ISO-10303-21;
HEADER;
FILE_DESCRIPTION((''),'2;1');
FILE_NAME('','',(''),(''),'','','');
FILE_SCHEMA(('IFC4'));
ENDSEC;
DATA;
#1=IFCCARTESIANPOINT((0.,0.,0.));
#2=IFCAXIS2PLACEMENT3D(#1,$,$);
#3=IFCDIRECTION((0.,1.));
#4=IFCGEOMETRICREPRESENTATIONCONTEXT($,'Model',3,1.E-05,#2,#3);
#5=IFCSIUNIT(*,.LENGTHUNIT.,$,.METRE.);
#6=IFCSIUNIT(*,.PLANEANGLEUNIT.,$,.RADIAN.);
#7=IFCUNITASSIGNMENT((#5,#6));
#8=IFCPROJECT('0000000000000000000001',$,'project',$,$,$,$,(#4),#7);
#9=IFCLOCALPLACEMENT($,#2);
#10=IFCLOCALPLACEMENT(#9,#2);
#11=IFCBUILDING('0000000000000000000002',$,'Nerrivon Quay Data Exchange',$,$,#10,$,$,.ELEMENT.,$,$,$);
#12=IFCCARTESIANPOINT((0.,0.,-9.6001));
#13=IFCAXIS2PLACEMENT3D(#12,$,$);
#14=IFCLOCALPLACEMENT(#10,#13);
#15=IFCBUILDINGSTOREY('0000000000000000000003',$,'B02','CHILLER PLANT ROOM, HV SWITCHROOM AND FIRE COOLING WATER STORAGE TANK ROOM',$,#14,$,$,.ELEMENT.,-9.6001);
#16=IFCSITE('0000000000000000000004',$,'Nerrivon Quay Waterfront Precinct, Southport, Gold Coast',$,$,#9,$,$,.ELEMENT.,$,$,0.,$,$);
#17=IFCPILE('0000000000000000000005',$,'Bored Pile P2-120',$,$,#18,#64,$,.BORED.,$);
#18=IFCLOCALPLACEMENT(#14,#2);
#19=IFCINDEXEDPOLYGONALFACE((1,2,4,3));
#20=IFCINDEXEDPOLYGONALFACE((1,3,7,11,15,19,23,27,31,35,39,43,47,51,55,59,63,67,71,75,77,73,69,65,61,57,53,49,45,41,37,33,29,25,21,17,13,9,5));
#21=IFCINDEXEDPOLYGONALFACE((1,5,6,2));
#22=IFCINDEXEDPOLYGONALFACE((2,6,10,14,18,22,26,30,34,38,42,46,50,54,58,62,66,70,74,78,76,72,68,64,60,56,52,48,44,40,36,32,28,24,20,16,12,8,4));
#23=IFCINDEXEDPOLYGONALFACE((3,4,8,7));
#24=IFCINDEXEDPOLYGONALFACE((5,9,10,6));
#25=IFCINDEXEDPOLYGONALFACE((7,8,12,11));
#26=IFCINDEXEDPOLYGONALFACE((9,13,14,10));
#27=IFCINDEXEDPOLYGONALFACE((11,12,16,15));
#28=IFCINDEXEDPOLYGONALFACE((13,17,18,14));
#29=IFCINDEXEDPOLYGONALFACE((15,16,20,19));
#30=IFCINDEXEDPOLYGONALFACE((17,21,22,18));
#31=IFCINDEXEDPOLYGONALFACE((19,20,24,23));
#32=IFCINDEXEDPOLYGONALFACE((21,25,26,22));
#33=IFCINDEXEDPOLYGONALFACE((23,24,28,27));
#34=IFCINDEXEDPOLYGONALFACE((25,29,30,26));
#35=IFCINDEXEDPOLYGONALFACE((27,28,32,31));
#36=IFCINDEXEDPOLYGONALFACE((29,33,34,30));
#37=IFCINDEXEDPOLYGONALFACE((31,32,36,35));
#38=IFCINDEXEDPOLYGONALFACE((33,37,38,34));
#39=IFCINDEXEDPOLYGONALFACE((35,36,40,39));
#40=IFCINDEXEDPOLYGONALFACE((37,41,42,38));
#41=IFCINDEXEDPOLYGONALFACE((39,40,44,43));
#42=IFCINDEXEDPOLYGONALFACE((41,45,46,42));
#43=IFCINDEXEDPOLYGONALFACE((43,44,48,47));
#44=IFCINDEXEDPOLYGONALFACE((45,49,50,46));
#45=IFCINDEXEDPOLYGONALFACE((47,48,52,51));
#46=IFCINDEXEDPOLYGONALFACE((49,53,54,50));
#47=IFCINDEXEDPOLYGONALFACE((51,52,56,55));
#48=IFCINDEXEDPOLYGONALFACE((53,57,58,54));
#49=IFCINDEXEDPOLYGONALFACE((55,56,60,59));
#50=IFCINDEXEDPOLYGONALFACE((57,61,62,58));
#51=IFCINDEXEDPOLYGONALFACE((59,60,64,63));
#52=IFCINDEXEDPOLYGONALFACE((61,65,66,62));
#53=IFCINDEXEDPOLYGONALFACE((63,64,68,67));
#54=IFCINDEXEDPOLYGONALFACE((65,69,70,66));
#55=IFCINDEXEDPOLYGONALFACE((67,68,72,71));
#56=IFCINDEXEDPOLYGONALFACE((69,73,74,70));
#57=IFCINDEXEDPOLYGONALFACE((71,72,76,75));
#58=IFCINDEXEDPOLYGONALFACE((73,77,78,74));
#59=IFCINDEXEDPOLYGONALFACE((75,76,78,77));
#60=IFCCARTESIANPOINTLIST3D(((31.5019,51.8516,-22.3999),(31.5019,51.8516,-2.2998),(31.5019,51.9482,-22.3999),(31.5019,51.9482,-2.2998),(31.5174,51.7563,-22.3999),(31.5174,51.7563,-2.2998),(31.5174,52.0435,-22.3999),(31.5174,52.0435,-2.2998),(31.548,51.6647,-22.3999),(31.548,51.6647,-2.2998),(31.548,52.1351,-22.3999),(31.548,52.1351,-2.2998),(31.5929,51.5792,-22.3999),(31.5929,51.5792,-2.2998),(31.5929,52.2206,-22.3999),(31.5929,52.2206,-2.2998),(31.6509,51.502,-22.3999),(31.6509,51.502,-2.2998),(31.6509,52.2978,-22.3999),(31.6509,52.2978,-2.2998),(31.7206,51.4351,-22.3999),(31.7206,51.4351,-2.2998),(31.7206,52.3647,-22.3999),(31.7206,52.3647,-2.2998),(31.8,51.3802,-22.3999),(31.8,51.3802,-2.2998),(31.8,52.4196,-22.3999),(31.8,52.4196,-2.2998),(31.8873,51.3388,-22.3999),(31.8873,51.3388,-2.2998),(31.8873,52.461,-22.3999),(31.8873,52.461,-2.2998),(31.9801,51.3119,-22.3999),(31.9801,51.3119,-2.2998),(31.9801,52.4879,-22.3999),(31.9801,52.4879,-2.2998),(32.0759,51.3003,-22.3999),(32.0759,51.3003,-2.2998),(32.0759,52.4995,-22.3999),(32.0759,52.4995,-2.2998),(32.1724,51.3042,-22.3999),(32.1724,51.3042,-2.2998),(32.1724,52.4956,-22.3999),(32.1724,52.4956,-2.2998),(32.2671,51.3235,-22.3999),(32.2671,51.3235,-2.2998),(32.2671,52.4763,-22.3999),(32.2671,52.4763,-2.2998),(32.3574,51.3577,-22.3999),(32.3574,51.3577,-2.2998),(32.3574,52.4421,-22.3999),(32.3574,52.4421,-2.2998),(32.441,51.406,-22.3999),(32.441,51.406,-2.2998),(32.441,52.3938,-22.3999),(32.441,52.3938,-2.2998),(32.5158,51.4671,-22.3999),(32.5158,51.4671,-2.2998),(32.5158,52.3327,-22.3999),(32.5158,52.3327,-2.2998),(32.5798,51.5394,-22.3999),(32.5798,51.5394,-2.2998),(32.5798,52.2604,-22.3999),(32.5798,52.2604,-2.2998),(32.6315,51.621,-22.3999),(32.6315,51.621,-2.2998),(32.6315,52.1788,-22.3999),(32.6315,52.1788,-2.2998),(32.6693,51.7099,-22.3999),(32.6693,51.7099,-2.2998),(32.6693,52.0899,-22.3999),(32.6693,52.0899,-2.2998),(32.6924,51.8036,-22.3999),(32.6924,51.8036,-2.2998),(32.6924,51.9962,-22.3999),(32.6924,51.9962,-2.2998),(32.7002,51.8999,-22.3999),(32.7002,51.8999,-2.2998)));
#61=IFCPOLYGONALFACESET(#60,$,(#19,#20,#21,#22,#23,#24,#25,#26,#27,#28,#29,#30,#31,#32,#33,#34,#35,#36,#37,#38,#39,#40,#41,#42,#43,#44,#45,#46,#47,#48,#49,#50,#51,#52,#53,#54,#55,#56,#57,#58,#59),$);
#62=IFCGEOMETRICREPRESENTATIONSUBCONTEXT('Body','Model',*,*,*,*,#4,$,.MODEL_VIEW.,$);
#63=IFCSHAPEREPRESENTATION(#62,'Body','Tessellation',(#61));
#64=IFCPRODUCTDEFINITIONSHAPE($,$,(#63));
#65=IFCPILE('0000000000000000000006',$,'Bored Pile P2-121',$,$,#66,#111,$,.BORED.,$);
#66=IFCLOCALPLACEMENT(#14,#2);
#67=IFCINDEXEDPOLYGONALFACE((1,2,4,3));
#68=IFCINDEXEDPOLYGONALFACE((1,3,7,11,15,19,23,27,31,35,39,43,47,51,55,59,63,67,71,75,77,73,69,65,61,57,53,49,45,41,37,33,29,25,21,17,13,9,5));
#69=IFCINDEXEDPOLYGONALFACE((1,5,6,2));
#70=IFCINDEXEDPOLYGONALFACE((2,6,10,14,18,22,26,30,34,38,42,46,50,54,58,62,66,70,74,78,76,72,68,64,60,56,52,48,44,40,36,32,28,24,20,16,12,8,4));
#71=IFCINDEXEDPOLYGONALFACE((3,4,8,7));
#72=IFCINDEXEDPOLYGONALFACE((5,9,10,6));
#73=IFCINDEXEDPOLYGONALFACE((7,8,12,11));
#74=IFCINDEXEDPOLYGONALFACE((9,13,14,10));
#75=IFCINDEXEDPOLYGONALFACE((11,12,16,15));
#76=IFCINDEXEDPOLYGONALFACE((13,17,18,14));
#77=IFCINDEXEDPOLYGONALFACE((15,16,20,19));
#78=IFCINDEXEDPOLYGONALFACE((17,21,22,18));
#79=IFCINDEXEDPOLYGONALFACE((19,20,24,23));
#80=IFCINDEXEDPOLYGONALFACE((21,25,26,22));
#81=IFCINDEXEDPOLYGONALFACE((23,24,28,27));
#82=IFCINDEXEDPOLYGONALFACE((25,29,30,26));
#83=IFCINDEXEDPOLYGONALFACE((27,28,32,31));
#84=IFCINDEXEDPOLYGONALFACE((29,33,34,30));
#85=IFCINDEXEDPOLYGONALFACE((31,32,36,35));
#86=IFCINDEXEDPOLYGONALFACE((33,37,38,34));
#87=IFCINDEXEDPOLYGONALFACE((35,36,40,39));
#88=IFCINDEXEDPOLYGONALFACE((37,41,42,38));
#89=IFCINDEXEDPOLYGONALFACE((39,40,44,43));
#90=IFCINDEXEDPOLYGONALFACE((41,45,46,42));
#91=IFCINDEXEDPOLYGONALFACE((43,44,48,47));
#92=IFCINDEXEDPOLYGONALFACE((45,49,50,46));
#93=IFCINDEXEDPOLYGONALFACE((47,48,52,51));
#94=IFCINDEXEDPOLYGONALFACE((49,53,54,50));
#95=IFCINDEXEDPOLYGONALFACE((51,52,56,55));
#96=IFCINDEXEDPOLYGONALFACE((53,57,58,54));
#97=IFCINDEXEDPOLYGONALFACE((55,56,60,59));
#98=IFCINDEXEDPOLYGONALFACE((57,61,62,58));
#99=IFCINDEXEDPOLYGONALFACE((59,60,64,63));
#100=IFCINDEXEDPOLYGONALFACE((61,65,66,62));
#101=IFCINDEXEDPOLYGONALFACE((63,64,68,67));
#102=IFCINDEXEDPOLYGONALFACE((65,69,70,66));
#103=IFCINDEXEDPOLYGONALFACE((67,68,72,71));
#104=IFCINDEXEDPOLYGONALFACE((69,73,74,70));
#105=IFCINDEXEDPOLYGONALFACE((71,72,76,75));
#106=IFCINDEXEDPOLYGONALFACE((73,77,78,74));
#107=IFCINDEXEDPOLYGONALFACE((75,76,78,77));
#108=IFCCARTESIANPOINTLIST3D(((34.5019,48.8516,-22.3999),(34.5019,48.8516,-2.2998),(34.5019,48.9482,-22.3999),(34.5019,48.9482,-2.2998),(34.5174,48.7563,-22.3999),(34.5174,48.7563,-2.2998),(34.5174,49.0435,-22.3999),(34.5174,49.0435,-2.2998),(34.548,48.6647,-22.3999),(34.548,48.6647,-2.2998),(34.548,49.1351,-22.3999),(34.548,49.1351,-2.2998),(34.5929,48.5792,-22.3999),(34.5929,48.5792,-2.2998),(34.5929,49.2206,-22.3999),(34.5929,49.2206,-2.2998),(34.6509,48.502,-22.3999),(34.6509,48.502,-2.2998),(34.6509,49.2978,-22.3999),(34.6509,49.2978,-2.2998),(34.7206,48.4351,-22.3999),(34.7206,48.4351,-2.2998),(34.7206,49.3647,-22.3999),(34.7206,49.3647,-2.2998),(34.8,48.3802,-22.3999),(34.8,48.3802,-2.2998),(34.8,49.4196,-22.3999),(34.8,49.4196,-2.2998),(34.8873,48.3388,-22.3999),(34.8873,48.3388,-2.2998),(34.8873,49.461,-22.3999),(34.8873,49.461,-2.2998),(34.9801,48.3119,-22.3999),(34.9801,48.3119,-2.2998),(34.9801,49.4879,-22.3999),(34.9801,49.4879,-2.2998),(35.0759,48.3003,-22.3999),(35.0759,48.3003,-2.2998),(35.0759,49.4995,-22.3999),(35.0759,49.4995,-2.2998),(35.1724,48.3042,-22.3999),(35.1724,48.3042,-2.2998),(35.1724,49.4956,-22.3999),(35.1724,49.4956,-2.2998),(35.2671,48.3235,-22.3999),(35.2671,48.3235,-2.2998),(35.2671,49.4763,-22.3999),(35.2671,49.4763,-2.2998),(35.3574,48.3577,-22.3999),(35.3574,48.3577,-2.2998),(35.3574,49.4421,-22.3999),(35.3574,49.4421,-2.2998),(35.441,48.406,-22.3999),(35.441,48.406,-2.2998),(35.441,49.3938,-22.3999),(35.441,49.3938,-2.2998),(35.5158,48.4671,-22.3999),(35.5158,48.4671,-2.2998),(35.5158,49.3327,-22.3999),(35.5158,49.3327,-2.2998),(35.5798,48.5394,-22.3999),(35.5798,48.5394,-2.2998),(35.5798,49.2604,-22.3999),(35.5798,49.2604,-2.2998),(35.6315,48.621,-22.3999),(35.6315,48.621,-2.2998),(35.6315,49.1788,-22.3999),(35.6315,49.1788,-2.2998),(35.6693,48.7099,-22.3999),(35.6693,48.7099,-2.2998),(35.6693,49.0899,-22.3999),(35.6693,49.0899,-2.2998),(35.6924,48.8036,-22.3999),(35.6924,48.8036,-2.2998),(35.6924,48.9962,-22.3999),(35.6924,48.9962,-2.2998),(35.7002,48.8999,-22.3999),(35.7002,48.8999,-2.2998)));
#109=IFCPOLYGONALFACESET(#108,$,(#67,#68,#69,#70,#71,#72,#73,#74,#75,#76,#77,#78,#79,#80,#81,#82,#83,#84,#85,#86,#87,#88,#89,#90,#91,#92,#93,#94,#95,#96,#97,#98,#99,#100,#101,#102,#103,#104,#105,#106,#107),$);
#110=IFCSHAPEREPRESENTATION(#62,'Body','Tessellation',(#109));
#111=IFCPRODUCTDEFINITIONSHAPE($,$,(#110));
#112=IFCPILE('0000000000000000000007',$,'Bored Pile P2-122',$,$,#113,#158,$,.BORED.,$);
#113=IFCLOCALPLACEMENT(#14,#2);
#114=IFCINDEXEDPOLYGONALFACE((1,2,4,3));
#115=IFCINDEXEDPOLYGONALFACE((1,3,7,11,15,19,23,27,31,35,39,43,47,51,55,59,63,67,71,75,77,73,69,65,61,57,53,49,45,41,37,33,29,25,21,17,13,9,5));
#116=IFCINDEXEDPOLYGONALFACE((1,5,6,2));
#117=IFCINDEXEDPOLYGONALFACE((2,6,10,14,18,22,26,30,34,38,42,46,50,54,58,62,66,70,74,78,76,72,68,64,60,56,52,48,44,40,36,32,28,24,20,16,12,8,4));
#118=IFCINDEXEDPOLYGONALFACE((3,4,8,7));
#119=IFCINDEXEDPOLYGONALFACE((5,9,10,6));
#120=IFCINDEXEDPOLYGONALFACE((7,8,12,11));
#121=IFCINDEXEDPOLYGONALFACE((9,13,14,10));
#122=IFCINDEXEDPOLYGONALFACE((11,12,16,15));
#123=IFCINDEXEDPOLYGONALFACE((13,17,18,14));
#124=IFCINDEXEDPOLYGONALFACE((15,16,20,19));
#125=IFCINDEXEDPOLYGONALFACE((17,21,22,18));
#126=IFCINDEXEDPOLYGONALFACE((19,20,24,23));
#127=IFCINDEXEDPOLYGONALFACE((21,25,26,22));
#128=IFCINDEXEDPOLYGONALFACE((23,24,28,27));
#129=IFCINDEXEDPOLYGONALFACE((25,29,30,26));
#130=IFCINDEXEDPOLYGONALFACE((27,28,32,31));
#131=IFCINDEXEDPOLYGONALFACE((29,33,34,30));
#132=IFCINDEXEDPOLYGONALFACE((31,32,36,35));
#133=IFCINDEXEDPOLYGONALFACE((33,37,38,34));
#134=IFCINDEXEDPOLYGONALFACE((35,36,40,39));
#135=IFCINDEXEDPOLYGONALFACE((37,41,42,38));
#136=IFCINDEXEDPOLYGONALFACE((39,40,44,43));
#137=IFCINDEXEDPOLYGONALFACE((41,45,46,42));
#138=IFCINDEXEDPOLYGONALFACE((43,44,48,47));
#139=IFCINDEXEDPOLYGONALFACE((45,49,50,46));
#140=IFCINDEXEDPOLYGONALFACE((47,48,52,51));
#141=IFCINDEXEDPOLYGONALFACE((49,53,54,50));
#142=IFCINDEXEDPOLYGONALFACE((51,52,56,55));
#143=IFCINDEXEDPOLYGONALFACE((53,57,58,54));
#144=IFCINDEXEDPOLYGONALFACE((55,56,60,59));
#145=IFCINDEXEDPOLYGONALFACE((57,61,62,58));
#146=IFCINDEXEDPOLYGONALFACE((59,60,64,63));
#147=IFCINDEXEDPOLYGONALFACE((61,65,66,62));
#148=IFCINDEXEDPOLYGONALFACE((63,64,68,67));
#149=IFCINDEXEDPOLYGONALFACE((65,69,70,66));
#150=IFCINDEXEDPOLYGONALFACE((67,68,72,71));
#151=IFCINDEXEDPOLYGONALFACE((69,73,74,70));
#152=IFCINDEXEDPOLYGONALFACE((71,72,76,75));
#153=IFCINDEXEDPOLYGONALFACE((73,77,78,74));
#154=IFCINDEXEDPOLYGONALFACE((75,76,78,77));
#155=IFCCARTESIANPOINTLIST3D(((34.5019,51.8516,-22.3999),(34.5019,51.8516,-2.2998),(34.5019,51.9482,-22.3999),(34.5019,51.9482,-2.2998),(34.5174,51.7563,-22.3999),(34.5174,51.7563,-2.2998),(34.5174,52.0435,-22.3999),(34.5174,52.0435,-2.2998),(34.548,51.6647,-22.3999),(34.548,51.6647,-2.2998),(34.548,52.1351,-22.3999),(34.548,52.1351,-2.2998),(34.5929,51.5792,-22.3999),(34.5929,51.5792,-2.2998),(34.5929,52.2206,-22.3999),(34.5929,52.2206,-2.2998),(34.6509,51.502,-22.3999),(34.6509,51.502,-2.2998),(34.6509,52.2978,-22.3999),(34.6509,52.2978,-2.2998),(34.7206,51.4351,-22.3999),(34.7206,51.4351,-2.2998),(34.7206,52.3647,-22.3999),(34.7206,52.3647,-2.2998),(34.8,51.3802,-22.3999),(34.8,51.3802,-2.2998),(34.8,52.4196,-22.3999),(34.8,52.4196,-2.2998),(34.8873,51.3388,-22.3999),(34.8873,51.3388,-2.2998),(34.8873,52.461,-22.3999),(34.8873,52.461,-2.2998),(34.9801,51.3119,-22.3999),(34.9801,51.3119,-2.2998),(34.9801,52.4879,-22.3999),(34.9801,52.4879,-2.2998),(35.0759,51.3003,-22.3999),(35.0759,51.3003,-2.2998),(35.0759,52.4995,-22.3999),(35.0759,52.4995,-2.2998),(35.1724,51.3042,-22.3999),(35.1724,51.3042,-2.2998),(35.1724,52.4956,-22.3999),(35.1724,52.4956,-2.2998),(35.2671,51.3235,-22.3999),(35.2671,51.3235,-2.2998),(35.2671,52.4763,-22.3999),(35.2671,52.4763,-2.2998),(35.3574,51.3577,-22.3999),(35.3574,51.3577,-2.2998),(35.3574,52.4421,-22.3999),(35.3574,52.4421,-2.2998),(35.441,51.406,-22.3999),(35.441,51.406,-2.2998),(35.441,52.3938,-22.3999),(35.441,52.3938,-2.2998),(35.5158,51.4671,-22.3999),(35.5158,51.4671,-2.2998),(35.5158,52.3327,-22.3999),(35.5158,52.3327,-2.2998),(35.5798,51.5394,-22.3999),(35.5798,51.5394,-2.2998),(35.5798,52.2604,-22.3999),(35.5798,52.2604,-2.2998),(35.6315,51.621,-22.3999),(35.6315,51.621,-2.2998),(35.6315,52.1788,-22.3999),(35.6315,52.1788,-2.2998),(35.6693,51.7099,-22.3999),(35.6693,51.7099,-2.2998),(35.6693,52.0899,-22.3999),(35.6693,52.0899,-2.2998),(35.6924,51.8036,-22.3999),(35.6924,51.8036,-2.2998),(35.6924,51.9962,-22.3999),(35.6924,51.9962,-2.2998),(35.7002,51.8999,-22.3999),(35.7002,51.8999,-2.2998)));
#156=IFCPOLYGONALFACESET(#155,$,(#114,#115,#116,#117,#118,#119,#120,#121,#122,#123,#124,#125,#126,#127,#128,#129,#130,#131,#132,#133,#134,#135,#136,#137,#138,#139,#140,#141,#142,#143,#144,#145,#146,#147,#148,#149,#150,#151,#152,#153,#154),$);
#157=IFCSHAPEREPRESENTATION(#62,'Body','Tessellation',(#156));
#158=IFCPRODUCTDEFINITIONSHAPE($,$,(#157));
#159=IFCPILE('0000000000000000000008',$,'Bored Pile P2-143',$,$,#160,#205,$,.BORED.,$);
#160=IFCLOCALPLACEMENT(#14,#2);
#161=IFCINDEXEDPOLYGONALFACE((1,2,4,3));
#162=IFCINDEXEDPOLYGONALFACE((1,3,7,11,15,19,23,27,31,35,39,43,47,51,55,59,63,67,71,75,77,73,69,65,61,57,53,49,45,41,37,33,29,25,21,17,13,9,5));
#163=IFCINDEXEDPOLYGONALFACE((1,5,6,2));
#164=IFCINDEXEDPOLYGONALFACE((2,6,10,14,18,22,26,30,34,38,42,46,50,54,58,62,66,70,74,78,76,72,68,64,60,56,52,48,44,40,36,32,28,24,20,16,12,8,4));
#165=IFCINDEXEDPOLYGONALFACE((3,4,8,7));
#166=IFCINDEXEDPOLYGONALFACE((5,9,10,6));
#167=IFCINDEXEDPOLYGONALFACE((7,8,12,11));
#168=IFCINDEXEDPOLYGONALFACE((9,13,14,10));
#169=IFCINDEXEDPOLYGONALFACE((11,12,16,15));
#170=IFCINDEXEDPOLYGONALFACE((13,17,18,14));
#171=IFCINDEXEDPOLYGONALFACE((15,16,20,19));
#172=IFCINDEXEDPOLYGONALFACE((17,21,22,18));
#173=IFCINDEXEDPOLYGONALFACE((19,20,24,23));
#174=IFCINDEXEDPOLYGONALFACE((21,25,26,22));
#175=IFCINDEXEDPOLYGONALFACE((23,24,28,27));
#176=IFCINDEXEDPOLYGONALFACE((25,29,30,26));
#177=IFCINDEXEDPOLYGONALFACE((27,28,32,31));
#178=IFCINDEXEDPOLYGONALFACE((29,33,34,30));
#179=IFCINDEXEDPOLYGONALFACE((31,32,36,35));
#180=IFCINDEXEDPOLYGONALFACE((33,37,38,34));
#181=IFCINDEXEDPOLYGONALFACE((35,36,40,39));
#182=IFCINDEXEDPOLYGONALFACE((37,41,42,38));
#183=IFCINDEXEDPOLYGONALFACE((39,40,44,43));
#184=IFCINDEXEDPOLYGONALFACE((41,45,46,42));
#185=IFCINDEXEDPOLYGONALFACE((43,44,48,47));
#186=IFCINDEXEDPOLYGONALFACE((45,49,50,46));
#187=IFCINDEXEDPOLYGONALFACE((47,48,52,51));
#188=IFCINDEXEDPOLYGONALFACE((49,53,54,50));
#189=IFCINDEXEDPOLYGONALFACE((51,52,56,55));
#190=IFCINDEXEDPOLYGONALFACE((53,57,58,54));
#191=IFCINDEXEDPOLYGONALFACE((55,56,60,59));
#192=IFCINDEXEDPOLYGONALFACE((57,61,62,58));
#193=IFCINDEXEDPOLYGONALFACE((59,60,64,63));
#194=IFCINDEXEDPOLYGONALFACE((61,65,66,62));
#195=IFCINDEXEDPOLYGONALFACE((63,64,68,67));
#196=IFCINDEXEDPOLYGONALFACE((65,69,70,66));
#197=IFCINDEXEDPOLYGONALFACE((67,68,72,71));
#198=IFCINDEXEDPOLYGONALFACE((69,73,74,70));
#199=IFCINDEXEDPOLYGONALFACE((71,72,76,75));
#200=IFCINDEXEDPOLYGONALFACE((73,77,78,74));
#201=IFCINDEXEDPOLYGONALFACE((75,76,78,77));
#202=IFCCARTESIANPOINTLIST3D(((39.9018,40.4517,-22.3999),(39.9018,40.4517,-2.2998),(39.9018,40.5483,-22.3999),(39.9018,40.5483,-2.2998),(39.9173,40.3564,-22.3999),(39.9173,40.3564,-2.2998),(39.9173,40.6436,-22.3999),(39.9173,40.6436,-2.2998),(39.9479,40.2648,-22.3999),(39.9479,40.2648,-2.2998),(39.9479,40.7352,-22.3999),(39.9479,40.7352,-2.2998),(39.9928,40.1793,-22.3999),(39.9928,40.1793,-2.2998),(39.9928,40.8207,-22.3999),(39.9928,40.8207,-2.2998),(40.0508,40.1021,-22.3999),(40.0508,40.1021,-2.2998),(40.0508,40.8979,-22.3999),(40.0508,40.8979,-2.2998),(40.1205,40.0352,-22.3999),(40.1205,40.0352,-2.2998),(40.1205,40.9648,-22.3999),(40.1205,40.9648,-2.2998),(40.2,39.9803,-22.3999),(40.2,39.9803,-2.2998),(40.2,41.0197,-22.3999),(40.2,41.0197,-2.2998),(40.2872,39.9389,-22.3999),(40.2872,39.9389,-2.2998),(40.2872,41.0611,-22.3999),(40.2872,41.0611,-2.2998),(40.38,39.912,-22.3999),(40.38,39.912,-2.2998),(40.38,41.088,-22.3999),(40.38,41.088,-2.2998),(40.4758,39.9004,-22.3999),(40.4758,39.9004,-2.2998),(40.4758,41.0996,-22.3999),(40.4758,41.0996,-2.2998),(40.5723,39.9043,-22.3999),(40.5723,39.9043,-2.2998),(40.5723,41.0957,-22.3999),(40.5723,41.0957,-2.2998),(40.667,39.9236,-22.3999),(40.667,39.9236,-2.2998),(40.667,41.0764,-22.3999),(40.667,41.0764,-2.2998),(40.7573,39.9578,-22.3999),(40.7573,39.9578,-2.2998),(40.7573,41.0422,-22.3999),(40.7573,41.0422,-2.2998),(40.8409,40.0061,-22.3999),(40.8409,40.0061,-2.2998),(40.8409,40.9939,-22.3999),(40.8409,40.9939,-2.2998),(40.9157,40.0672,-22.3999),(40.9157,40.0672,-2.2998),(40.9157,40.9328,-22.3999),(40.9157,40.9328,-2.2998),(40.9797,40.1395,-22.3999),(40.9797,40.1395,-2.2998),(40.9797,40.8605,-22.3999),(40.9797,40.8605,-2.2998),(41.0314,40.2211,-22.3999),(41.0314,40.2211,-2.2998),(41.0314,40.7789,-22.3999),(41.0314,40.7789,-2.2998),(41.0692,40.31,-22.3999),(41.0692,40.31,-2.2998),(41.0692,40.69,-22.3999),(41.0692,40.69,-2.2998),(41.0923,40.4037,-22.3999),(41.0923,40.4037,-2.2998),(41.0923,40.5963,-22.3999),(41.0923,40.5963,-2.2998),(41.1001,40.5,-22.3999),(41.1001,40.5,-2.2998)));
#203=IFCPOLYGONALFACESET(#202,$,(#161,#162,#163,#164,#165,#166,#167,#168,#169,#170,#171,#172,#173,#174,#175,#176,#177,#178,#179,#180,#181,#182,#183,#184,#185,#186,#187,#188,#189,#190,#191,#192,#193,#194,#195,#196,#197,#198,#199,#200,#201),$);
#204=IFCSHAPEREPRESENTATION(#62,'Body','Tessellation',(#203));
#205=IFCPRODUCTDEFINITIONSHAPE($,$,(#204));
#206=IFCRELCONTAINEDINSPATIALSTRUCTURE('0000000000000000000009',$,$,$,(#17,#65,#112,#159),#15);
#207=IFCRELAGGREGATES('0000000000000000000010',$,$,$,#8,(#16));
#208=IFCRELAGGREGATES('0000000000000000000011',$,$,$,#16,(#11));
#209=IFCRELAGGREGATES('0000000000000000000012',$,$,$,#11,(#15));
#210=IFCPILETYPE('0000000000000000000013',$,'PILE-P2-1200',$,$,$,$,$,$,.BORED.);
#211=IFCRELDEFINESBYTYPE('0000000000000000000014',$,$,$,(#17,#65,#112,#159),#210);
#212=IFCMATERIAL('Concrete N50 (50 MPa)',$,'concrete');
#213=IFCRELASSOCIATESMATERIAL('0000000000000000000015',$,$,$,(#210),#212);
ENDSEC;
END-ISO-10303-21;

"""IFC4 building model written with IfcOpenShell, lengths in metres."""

from ifc_helpers import new_model, si_unit, direction, frame, origin, origin_2d, place, context, subcontext, project, spatial, circle, extrude, material, material_profile, profile_set, type_object, element, save


model = new_model("IFC4")

# Units and contexts
model_context = context("Model", 3, precision=1e-05, world=origin(), true_north=direction((0.0, 1.0)))
body_context = subcontext(model_context, "Body", "Model", "MODEL_VIEW")
ifc_project = project(units=[si_unit("LENGTHUNIT", "METRE"), si_unit("PLANEANGLEUNIT", "RADIAN")], contexts=[model_context])

# Site, building, storey
site_placement = place(None, origin())
site = spatial("IfcSite", under=ifc_project, at=site_placement, Name="Nerrivon Quay Waterfront Precinct, Southport, Gold Coast", CompositionType="ELEMENT", RefElevation=0.0)
building_placement = place(site_placement, origin())
building = spatial("IfcBuilding", under=site, at=building_placement, Name="Nerrivon Quay Data Exchange", CompositionType="ELEMENT")
storey_placement = place(building_placement, frame((0.0, 0.0, -9.6001)))
storey = spatial("IfcBuildingStorey", under=building, at=storey_placement, Name="B02", Description="CHILLER PLANT ROOM, HV SWITCHROOM AND FIRE COOLING WATER STORAGE TANK ROOM", CompositionType="ELEMENT", Elevation=-9.6001)

# Piles
ifc_material_1 = material(Name="Concrete N50 (50 MPa)", Category="concrete")
ifc_material_profile_1 = material_profile(ifc_material_1, circle(Radius=0.6001, at=origin_2d()), Name="PILE-1200")
ifc_profile_set_1 = profile_set([ifc_material_profile_1], Name="Concrete N50 (50 MPa)")
pile_type = type_object("IfcPileType", Name="PILE-P2-1200", PredefinedType="BORED", material=ifc_profile_set_1)
for number, where, z_axis, x_axis, name in (
    (1, (32.1001, 51.8999, -2.2998), (0.0, 0.0, -1.0), (1.0, 0.0, 0.0), "Bored Pile P2-120"),
    (2, (35.1001, 48.8999, -2.2998), (0.0, 0.0, -1.0), (1.0, 0.0, 0.0), "Bored Pile P2-121"),
    (3, (35.1001, 51.8999, -2.2998), (0.0, 0.0, -1.0), (1.0, 0.0, 0.0), "Bored Pile P2-122"),
    (4, (40.5, 40.5, -2.2998), (0.0, 0.0, -1.0), (1.0, 0.0, 0.0), "Bored Pile P2-143"),
):
    element("IfcPile", number, at=place(storey_placement, frame(where, z_axis=z_axis, x_axis=x_axis)), inside=storey, type_object=pile_type, Name=name, PredefinedType="BORED", context=body_context, shape_type="SweptSolid", body=[
        extrude(circle(Radius=0.6001, at=origin_2d()), origin(), (0.0, 0.0, 1.0), 20.1001),
    ])

save(model, "model.ifc")
